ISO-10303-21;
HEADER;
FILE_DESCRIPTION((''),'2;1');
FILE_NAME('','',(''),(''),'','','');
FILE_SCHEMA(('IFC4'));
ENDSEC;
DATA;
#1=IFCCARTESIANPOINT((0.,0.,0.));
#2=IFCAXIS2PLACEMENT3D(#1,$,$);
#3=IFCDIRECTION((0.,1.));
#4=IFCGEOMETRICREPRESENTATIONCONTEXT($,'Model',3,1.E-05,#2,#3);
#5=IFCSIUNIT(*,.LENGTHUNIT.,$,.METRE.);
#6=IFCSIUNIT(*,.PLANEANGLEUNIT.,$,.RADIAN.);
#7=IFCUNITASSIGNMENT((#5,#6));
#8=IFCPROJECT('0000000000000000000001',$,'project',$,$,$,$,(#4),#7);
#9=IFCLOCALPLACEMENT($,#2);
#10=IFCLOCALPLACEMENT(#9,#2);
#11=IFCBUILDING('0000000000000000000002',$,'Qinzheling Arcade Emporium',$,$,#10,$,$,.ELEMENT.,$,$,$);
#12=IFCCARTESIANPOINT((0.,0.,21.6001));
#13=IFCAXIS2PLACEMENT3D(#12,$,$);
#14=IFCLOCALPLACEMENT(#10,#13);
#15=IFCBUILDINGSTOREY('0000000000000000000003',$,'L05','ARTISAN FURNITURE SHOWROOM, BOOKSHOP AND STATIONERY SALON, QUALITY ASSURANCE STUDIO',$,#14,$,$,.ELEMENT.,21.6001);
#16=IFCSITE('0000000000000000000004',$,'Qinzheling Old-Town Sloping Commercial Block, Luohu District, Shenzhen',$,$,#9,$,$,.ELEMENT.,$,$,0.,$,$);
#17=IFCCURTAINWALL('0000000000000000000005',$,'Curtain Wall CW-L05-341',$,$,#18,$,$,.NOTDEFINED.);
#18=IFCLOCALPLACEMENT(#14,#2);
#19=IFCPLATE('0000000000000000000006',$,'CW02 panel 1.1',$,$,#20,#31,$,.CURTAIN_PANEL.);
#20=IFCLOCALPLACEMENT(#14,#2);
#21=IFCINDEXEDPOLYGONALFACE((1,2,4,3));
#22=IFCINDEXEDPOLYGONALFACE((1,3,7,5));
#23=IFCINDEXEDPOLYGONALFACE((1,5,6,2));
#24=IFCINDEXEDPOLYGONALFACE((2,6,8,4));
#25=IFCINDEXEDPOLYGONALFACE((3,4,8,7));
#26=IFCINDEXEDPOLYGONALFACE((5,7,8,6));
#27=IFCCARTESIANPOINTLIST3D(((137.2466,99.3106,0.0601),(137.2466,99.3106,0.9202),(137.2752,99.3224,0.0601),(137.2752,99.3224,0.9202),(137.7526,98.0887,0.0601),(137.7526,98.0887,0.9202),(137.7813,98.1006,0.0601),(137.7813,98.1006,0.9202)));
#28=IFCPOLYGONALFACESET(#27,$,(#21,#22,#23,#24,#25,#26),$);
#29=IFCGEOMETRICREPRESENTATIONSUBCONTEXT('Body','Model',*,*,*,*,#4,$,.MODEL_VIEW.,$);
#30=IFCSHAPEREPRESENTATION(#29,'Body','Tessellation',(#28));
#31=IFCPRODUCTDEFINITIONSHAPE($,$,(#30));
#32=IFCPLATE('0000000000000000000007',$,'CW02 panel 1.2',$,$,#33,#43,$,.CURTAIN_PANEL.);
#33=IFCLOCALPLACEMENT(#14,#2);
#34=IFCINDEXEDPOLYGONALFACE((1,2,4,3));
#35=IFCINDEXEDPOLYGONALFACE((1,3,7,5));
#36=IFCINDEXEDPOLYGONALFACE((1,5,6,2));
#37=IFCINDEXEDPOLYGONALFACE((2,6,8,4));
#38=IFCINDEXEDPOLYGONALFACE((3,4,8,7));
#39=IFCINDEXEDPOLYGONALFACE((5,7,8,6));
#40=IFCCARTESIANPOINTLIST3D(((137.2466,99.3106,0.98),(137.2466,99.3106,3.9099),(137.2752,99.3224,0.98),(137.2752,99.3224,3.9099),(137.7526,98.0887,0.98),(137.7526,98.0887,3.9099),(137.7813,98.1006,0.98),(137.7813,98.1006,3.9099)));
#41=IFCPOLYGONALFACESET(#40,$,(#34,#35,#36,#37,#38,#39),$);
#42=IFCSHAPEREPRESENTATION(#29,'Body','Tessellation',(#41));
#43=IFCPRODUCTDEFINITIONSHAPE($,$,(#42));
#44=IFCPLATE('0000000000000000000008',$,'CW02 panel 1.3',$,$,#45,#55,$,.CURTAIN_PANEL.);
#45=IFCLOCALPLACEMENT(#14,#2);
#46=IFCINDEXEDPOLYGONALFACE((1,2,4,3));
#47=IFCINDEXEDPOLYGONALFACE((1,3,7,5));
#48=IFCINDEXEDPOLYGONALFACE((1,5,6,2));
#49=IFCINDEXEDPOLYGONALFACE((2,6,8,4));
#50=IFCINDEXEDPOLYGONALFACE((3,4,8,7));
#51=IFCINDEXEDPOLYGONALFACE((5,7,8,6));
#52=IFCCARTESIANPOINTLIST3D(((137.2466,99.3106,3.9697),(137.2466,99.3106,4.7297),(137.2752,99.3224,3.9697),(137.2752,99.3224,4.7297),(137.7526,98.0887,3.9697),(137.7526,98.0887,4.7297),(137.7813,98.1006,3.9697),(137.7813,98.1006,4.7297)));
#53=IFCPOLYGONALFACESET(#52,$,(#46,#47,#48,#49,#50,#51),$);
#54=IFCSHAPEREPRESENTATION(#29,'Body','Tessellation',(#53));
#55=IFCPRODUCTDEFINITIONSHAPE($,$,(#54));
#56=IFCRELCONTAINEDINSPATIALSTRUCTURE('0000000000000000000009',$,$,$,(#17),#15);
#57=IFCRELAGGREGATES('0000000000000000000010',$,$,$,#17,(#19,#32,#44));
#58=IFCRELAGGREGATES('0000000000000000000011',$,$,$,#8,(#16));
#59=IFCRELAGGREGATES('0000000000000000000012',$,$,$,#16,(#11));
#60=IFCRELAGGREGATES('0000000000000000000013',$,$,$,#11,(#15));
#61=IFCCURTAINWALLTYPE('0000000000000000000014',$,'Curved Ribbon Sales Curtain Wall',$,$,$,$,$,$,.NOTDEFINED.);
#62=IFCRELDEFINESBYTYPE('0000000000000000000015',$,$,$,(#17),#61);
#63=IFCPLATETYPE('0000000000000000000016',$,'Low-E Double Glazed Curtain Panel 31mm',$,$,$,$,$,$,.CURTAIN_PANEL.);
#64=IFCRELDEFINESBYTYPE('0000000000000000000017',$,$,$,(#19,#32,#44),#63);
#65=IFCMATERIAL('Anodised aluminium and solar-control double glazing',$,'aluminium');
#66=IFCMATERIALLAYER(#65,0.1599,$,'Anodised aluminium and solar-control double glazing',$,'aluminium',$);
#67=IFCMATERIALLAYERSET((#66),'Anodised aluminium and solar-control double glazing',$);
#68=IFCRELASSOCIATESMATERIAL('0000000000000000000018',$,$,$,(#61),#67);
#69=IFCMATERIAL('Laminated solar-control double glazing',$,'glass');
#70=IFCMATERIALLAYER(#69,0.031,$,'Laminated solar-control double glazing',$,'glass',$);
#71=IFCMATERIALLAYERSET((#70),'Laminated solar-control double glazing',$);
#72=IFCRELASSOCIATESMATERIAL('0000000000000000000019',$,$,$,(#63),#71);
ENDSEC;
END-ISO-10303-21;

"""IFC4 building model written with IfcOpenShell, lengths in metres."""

from ifc_helpers import new_model, si_unit, direction, frame, origin, origin_2d, place, context, subcontext, project, spatial, rectangle, extrude, material, layer, layer_set, type_object, element, aggregate, save


model = new_model("IFC4")

# Units and contexts
model_context = context("Model", 3, precision=1e-05, world=origin(), true_north=direction((0.0, 1.0)))
body_context = subcontext(model_context, "Body", "Model", "MODEL_VIEW")
ifc_project = project(units=[si_unit("LENGTHUNIT", "METRE"), si_unit("PLANEANGLEUNIT", "RADIAN")], contexts=[model_context])

# Site, building, storey
site_placement = place(None, origin())
site = spatial("IfcSite", under=ifc_project, at=site_placement, Name="Qinzheling Old-Town Sloping Commercial Block, Luohu District, Shenzhen", CompositionType="ELEMENT", RefElevation=0.0)
building_placement = place(site_placement, origin())
building = spatial("IfcBuilding", under=site, at=building_placement, Name="Qinzheling Arcade Emporium", CompositionType="ELEMENT")
storey_placement = place(building_placement, frame((0.0, 0.0, 21.6001)))
storey = spatial("IfcBuildingStorey", under=building, at=storey_placement, Name="L05", Description="ARTISAN FURNITURE SHOWROOM, BOOKSHOP AND STATIONERY SALON, QUALITY ASSURANCE STUDIO", CompositionType="ELEMENT", Elevation=21.6001)

# Shared definitions
ifc_material_1 = material(Name="Anodised aluminium and solar-control double glazing", Category="aluminium")
ifc_layer_1 = layer(ifc_material_1, 0.1599, Name="Anodised aluminium and solar-control double glazing", Category="aluminium")
ifc_layer_set_1 = layer_set([ifc_layer_1], Name="Anodised aluminium and solar-control double glazing")
curtain_wall_type = type_object("IfcCurtainWallType", Name="Curved Ribbon Sales Curtain Wall", PredefinedType="NOTDEFINED", material=ifc_layer_set_1)

# Curtain wall
curtain_wall_1_placement = place(storey_placement, origin())
curtain_wall_1 = element("IfcCurtainWall", 1, at=curtain_wall_1_placement, inside=storey, type_object=curtain_wall_type, Name="Curtain Wall CW-L05-341", PredefinedType="NOTDEFINED")

# Plates
ifc_material_2 = material(Name="Laminated solar-control double glazing", Category="glass")
ifc_layer_2 = layer(ifc_material_2, 0.031, Name="Laminated solar-control double glazing", Category="glass")
ifc_layer_set_2 = layer_set([ifc_layer_2], Name="Laminated solar-control double glazing")
plate_type_1 = type_object("IfcPlateType", Name="Low-E Double Glazed Curtain Panel 31mm", PredefinedType="CURTAIN_PANEL", material=ifc_layer_set_2)
plate_1_placement = place(storey_placement, frame((137.5139, 98.7056, 0.0601), z_axis=(0.0, 0.0, 1.0), x_axis=(0.382654, -0.923892, 0.0)))
plate_1 = element("IfcPlate", 2, at=plate_1_placement, type_object=plate_type_1, Name="CW02 panel 1.1", PredefinedType="CURTAIN_PANEL", context=body_context, shape_type="SweptSolid", body=[
    extrude(rectangle(XDim=1.3225, YDim=0.031, at=origin_2d()), origin(), (0.0, 0.0, 1.0), 0.8601),
])
plate_2_placement = place(storey_placement, frame((137.5139, 98.7056, 0.98), z_axis=(0.0, 0.0, 1.0), x_axis=(0.382654, -0.923892, 0.0)))
plate_2 = element("IfcPlate", 3, at=plate_2_placement, type_object=plate_type_1, Name="CW02 panel 1.2", PredefinedType="CURTAIN_PANEL", context=body_context, shape_type="SweptSolid", body=[
    extrude(rectangle(XDim=1.3225, YDim=0.031, at=origin_2d()), origin(), (0.0, 0.0, 1.0), 2.9299),
])
plate_3_placement = place(storey_placement, frame((137.5139, 98.7056, 3.9697), z_axis=(0.0, 0.0, 1.0), x_axis=(0.382654, -0.923892, 0.0)))
plate_3 = element("IfcPlate", 4, at=plate_3_placement, type_object=plate_type_1, Name="CW02 panel 1.3", PredefinedType="CURTAIN_PANEL", context=body_context, shape_type="SweptSolid", body=[
    extrude(rectangle(XDim=1.3225, YDim=0.031, at=origin_2d()), origin(), (0.0, 0.0, 1.0), 0.76),
])
aggregate(curtain_wall_1, [plate_1, plate_2, plate_3])

save(model, "model.ifc")
